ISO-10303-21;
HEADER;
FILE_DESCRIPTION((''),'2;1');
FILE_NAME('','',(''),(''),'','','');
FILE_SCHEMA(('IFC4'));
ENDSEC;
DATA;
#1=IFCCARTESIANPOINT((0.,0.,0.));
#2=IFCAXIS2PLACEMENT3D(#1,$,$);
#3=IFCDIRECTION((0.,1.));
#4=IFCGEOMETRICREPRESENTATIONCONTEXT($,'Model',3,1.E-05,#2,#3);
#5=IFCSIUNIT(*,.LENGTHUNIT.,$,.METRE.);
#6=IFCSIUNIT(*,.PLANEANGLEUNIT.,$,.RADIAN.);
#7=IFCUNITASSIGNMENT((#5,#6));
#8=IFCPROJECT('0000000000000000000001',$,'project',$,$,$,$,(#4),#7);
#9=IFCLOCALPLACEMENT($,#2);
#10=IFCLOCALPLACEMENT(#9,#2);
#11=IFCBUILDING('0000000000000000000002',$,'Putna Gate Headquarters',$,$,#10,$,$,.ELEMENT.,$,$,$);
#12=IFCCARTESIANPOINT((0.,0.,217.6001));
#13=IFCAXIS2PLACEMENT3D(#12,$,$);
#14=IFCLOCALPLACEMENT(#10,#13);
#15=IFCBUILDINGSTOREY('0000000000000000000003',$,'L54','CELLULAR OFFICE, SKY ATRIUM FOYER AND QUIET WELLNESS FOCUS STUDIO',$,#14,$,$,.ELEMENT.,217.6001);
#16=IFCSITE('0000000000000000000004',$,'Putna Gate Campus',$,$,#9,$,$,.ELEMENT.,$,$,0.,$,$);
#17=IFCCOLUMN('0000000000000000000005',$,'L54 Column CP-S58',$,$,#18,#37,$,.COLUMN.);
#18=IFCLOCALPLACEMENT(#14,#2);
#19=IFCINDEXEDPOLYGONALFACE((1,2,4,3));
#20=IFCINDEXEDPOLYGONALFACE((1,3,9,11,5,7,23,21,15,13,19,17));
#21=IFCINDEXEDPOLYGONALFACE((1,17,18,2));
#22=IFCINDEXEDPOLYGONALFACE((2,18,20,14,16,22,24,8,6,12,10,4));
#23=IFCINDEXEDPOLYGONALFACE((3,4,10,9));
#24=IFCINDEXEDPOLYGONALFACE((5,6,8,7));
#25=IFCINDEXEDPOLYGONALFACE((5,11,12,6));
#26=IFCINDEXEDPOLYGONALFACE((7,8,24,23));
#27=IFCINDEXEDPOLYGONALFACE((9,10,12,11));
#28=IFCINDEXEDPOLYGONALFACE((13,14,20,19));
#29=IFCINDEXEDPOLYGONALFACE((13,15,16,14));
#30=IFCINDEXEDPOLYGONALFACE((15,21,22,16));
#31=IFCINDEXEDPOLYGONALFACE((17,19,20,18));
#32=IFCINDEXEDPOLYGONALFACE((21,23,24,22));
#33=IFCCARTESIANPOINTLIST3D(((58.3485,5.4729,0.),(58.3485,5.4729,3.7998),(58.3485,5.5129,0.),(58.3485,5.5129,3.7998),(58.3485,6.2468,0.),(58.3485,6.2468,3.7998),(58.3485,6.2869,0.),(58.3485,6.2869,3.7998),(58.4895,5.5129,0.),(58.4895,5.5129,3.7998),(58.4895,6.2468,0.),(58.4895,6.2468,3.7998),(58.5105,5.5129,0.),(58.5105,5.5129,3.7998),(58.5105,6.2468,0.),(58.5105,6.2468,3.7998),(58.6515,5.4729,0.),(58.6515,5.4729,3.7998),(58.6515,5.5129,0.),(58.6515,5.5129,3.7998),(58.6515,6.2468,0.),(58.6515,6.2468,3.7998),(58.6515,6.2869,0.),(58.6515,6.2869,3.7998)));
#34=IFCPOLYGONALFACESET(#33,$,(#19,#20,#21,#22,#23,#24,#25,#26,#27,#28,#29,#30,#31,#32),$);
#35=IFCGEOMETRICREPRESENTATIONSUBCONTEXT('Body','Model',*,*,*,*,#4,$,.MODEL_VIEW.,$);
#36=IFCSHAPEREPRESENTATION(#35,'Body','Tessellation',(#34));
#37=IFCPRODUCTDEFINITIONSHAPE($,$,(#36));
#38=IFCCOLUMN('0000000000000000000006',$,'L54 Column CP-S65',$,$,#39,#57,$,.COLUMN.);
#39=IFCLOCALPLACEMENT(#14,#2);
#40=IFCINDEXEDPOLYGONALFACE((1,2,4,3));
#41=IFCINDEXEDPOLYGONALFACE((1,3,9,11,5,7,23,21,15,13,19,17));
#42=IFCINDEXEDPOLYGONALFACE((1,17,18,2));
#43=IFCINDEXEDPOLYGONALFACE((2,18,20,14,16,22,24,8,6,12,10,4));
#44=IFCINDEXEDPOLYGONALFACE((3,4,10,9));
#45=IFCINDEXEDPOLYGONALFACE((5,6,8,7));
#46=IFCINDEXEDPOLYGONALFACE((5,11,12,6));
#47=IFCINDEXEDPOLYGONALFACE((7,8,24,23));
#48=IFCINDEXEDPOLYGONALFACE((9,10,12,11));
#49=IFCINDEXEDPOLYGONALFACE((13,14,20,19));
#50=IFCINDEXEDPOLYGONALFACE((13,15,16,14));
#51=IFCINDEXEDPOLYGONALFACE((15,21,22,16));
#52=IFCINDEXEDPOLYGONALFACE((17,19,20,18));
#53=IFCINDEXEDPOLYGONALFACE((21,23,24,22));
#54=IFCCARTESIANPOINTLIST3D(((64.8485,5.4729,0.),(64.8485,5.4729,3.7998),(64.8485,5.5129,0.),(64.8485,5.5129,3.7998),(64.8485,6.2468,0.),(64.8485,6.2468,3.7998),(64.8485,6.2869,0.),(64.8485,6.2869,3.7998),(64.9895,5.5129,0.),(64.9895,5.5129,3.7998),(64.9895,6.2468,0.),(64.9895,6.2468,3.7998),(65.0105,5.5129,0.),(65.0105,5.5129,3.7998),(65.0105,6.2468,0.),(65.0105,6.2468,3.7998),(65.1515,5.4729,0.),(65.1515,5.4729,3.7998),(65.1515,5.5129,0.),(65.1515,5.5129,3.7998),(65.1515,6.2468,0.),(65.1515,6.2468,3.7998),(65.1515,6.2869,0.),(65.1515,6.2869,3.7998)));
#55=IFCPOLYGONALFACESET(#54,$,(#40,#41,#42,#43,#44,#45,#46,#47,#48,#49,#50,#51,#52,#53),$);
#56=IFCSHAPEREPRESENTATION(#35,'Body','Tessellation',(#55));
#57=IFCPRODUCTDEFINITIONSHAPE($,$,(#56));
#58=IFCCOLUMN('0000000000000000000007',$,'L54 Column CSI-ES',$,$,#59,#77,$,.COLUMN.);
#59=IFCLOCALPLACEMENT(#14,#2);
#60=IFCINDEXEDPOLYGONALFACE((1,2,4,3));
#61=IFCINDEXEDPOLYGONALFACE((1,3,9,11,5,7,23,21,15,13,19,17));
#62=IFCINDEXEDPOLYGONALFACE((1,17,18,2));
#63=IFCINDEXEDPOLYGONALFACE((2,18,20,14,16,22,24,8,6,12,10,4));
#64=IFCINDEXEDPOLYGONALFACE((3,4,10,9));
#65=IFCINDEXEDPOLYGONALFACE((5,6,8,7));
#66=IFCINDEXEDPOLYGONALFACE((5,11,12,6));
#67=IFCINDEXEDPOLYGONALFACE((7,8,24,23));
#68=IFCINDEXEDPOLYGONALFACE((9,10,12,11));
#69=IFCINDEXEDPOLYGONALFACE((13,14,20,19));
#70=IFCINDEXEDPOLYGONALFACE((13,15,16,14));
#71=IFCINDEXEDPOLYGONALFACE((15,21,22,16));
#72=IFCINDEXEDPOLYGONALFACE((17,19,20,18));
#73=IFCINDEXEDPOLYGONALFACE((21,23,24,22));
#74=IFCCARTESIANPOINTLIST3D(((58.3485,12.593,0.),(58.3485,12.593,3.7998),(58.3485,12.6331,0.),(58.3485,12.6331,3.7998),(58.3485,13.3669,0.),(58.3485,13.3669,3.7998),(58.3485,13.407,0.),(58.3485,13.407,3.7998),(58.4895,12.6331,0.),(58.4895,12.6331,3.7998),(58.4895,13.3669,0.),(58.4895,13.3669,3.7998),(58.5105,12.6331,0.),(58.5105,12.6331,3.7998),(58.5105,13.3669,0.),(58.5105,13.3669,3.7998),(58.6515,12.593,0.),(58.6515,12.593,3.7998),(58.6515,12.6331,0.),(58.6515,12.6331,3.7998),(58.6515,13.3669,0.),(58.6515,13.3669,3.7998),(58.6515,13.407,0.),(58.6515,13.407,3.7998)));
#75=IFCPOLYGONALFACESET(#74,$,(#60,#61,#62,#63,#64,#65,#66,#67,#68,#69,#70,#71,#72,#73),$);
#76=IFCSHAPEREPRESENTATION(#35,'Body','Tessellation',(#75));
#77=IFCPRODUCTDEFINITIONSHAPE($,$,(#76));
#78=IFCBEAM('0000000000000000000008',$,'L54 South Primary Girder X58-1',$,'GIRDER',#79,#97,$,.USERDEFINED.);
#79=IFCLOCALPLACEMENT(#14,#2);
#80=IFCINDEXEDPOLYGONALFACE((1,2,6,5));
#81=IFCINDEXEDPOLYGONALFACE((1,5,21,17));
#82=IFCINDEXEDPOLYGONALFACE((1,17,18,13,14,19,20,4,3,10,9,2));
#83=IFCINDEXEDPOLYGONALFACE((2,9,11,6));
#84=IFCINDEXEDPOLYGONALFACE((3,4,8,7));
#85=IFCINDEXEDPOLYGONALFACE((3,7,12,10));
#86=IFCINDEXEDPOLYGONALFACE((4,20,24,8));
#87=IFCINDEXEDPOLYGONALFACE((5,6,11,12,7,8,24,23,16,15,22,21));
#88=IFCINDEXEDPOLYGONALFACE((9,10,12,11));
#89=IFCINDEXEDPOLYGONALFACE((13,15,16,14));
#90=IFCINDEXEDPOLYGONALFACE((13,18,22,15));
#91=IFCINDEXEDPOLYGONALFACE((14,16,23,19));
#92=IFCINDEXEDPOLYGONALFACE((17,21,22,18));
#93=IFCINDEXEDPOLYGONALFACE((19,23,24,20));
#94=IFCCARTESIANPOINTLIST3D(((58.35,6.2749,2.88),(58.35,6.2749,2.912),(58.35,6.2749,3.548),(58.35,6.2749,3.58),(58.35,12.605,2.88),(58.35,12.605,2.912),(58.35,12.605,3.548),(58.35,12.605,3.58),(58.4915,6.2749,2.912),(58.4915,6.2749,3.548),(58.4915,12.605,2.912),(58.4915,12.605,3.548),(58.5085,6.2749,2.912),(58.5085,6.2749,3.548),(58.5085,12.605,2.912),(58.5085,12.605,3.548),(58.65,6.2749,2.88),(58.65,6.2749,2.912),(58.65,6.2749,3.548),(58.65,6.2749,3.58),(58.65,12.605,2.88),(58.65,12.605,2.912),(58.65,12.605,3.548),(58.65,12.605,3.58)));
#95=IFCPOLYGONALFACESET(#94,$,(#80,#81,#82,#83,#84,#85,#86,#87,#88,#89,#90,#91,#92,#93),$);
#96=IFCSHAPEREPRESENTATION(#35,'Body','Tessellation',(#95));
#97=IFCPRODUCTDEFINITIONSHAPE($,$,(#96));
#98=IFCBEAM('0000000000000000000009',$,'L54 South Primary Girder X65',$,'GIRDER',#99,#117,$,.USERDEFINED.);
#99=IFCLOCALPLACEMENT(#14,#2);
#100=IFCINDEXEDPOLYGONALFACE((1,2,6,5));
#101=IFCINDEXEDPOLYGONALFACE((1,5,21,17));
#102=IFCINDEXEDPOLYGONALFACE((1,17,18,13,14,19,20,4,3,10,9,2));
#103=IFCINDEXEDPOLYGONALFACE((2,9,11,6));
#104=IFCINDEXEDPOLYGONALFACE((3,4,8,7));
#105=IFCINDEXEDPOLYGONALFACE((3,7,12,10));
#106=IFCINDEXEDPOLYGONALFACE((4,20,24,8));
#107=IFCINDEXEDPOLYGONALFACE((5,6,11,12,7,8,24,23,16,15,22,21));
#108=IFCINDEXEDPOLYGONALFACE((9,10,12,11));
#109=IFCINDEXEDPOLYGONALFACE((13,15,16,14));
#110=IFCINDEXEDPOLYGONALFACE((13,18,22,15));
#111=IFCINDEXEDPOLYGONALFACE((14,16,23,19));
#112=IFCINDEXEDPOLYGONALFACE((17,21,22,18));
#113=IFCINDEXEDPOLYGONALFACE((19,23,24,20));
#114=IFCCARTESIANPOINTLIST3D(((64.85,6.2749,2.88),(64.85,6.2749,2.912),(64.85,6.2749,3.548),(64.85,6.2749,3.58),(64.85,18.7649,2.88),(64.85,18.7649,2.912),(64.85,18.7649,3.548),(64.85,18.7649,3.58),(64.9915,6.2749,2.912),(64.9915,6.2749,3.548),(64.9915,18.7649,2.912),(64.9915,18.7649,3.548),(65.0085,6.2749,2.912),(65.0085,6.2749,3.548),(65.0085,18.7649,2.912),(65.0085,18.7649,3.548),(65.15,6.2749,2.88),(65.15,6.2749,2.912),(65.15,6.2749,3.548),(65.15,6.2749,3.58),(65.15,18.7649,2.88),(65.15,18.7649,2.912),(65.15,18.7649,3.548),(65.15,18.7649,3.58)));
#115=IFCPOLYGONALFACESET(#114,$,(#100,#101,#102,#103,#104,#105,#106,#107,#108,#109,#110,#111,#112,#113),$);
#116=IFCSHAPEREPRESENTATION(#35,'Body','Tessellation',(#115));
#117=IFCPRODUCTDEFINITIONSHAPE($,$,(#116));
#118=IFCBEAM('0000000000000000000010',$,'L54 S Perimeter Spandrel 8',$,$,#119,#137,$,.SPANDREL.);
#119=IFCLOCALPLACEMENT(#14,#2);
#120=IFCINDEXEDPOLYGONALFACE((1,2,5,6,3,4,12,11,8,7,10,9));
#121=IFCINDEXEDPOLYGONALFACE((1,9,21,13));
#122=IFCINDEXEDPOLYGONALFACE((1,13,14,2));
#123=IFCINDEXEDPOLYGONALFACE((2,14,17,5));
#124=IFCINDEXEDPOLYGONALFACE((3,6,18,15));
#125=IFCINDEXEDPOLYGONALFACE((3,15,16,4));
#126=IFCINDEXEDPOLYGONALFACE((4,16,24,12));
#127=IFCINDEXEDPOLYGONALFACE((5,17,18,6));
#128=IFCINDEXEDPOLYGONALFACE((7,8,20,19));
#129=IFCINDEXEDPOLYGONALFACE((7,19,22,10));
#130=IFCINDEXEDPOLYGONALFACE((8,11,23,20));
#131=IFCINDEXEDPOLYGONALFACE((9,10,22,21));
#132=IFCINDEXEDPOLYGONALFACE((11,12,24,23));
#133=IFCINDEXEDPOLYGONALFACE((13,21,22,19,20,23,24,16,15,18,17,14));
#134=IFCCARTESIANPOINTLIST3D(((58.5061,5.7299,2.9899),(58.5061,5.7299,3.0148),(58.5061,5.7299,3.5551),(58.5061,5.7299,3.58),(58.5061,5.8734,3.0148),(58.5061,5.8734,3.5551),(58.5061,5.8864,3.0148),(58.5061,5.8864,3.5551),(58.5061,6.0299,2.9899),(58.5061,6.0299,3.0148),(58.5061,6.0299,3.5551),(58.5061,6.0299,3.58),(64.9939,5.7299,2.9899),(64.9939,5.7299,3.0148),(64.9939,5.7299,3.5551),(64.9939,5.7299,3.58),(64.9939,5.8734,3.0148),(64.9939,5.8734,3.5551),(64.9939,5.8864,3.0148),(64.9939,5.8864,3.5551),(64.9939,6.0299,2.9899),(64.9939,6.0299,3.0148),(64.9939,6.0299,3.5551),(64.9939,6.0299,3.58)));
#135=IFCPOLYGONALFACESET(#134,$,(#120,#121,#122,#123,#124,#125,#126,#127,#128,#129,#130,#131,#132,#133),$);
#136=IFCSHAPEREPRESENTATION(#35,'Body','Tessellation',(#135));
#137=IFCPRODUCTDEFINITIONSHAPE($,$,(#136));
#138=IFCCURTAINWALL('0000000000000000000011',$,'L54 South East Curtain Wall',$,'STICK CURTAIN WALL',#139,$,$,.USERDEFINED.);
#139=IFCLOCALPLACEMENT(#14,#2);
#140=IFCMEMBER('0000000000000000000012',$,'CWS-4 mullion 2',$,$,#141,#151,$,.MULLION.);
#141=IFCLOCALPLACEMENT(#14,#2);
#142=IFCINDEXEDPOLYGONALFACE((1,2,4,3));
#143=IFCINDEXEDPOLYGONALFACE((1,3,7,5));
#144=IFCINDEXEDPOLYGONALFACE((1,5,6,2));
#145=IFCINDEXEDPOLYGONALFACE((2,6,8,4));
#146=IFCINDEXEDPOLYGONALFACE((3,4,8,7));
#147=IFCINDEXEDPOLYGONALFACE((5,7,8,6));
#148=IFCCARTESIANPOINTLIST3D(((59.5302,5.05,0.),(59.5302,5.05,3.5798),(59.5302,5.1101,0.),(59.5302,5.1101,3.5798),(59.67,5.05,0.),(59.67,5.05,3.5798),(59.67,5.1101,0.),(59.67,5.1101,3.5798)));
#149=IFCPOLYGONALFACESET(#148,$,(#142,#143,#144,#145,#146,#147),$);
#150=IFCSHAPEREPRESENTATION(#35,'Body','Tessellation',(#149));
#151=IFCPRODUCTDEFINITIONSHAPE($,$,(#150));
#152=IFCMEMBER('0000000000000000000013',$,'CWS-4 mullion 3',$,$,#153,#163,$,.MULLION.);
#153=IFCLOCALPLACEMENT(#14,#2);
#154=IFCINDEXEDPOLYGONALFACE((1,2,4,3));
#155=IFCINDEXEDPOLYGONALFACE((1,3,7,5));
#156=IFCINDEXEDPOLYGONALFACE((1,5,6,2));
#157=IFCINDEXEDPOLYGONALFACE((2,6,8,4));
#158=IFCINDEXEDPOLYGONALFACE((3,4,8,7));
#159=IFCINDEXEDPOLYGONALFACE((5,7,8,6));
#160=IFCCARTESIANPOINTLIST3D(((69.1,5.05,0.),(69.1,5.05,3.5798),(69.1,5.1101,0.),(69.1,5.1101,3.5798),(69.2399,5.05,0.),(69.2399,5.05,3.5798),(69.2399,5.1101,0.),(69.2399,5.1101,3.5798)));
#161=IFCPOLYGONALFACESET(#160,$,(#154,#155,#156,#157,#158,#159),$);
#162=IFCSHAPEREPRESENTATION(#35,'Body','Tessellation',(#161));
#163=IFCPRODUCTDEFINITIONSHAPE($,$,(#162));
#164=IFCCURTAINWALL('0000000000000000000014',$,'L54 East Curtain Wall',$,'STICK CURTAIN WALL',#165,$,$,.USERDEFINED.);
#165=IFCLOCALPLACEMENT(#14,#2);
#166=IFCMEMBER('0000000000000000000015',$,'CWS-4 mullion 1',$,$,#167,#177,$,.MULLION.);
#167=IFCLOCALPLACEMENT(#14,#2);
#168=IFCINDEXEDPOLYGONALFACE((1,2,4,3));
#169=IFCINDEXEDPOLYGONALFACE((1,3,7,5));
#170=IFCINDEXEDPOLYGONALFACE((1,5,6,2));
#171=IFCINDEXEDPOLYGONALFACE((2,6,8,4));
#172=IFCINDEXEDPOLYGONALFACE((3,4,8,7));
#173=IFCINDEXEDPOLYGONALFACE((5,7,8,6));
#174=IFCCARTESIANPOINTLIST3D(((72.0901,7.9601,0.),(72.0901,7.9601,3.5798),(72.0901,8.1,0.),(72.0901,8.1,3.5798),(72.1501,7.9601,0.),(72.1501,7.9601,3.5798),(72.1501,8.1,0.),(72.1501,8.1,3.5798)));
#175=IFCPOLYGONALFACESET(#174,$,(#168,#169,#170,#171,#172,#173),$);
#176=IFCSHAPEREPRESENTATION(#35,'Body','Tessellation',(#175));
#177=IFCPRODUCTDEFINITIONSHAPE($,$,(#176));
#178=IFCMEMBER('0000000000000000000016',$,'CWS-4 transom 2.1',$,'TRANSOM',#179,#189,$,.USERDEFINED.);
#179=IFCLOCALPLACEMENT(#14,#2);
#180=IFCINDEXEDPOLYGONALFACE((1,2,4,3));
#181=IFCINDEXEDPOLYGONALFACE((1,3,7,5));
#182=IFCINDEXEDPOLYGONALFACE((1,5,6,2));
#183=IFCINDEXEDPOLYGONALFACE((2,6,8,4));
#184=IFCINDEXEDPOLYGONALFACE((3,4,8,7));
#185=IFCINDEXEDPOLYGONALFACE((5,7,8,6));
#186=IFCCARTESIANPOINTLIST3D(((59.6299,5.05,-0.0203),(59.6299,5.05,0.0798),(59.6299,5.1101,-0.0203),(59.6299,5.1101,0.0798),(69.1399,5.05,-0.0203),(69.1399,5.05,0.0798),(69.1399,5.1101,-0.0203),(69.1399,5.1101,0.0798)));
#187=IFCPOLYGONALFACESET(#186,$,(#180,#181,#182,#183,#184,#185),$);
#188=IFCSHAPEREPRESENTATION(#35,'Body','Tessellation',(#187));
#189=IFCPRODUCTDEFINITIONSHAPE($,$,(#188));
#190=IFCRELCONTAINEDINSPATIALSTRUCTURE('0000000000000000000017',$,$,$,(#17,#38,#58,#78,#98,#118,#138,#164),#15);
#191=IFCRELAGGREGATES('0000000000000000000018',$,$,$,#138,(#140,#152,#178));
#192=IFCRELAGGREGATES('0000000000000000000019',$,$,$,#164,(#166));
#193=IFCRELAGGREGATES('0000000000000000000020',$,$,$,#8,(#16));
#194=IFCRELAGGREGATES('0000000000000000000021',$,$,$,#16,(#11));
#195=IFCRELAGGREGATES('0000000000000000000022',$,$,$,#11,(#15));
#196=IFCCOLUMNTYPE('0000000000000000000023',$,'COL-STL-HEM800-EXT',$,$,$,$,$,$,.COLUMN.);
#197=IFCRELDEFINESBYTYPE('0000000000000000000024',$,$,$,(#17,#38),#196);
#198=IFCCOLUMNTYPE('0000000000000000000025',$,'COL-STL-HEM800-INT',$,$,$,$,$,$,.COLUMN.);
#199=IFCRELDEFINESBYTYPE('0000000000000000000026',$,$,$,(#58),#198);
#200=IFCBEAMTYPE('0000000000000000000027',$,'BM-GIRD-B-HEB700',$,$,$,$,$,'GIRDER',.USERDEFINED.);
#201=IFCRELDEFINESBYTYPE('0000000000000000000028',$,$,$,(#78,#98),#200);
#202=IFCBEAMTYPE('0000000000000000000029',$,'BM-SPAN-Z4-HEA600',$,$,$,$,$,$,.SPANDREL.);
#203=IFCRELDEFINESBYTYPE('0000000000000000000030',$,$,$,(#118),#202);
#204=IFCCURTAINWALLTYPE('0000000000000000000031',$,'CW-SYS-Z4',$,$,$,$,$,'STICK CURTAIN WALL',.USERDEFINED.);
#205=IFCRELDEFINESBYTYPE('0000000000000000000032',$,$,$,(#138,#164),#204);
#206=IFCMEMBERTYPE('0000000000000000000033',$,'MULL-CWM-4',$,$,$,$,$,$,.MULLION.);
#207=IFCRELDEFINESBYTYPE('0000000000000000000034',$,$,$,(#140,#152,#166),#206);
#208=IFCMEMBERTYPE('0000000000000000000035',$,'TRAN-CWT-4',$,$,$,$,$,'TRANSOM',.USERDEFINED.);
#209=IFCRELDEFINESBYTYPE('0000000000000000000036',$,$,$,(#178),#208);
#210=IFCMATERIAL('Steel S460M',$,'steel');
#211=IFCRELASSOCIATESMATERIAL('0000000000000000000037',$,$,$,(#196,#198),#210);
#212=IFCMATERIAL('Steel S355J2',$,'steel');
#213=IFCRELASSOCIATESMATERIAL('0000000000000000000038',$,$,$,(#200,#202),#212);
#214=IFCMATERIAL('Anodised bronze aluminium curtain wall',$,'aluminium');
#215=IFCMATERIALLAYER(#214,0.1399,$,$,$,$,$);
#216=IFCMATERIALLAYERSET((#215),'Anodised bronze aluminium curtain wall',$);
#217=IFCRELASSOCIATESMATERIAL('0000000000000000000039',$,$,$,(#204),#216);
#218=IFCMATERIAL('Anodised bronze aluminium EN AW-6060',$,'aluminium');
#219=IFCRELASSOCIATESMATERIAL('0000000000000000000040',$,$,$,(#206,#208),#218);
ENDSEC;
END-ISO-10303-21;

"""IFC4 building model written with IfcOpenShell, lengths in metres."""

from ifc_helpers import new_model, si_unit, direction, frame, origin, origin_2d, place, context, subcontext, project, spatial, rectangle, i_section, extrude, material, layer, layer_set, material_profile, profile_set, type_object, element, aggregate, save


model = new_model("IFC4")

# Units and contexts
model_context = context("Model", 3, precision=1e-05, world=origin(), true_north=direction((0.0, 1.0)))
body_context = subcontext(model_context, "Body", "Model", "MODEL_VIEW")
ifc_project = project(units=[si_unit("LENGTHUNIT", "METRE"), si_unit("PLANEANGLEUNIT", "RADIAN")], contexts=[model_context])

# Site, building, storey
site_placement = place(None, origin())
site = spatial("IfcSite", under=ifc_project, at=site_placement, Name="Putna Gate Campus", CompositionType="ELEMENT", RefElevation=0.0)
building_placement = place(site_placement, origin())
building = spatial("IfcBuilding", under=site, at=building_placement, Name="Putna Gate Headquarters", CompositionType="ELEMENT")
storey_placement = place(building_placement, frame((0.0, 0.0, 217.6001)))
storey = spatial("IfcBuildingStorey", under=building, at=storey_placement, Name="L54", Description="CELLULAR OFFICE, SKY ATRIUM FOYER AND QUIET WELLNESS FOCUS STUDIO", CompositionType="ELEMENT", Elevation=217.6001)

# Columns
ifc_material_1 = material(Name="Steel S460M", Category="steel")
ifc_material_profile_1 = material_profile(ifc_material_1, i_section(OverallWidth=0.303, OverallDepth=0.814, WebThickness=0.021, FlangeThickness=0.04, at=origin_2d()), Name="Steel S460M")
ifc_profile_set_1 = profile_set([ifc_material_profile_1], Name="Steel S460M")
column_type_1 = type_object("IfcColumnType", Name="COL-STL-HEM800-EXT", PredefinedType="COLUMN", material=ifc_profile_set_1)
for number, where, z_axis, x_axis, name in (
    (1, (58.5, 5.8799, 0.0), (0.0, 0.0, 1.0), (1.0, 0.0, 0.0), "L54 Column CP-S58"),
    (2, (65.0, 5.8799, 0.0), (0.0, 0.0, 1.0), (1.0, 0.0, 0.0), "L54 Column CP-S65"),
):
    element("IfcColumn", number, at=place(storey_placement, frame(where, z_axis=z_axis, x_axis=x_axis)), inside=storey, type_object=column_type_1, Name=name, PredefinedType="COLUMN", context=body_context, shape_type="SweptSolid", body=[
        extrude(i_section(OverallWidth=0.303, OverallDepth=0.814, WebThickness=0.021, FlangeThickness=0.04, at=origin_2d()), origin(), (0.0, 0.0, 1.0), 3.7998),
    ])
ifc_material_profile_2 = material_profile(ifc_material_1, i_section(OverallWidth=0.303, OverallDepth=0.814, WebThickness=0.021, FlangeThickness=0.04, at=origin_2d()), Name="Steel S460M")
ifc_profile_set_2 = profile_set([ifc_material_profile_2], Name="Steel S460M")
column_type_2 = type_object("IfcColumnType", Name="COL-STL-HEM800-INT", PredefinedType="COLUMN", material=ifc_profile_set_2)
column_placement = place(storey_placement, frame((58.5, 13.0, 0.0), z_axis=(0.0, 0.0, 1.0), x_axis=(1.0, 0.0, 0.0)))
element("IfcColumn", 3, at=column_placement, inside=storey, type_object=column_type_2, Name="L54 Column CSI-ES", PredefinedType="COLUMN", context=body_context, shape_type="SweptSolid", body=[
    extrude(i_section(OverallWidth=0.303, OverallDepth=0.814, WebThickness=0.021, FlangeThickness=0.04, at=origin_2d()), origin(), (0.0, 0.0, 1.0), 3.7998),
])

# Beams
ifc_material_2 = material(Name="Steel S355J2", Category="steel")
ifc_material_profile_3 = material_profile(ifc_material_2, i_section(OverallWidth=0.3, OverallDepth=0.7, WebThickness=0.0171, FlangeThickness=0.032, at=origin_2d()), Name="Steel S355J2")
ifc_profile_set_3 = profile_set([ifc_material_profile_3], Name="Steel S355J2")
beam_type_1 = type_object("IfcBeamType", Name="BM-GIRD-B-HEB700", ElementType="GIRDER", PredefinedType="USERDEFINED", material=ifc_profile_set_3)
beam_1_placement = place(storey_placement, frame((58.5, 6.2749, 3.23), z_axis=(0.0, 1.0, 0.0), x_axis=(-1.0, 0.0, 0.0)))
element("IfcBeam", 4, at=beam_1_placement, inside=storey, type_object=beam_type_1, Name="L54 South Primary Girder X58-1", ObjectType="GIRDER", PredefinedType="USERDEFINED", context=body_context, shape_type="SweptSolid", body=[
    extrude(i_section(OverallWidth=0.3, OverallDepth=0.7, WebThickness=0.0171, FlangeThickness=0.032, at=origin_2d()), origin(), (0.0, 0.0, 1.0), 6.3301),
])
beam_2_placement = place(storey_placement, frame((65.0, 6.2749, 3.23), z_axis=(0.0, 1.0, 0.0), x_axis=(-1.0, 0.0, 0.0)))
element("IfcBeam", 5, at=beam_2_placement, inside=storey, type_object=beam_type_1, Name="L54 South Primary Girder X65", ObjectType="GIRDER", PredefinedType="USERDEFINED", context=body_context, shape_type="SweptSolid", body=[
    extrude(i_section(OverallWidth=0.3, OverallDepth=0.7, WebThickness=0.0171, FlangeThickness=0.032, at=origin_2d()), origin(), (0.0, 0.0, 1.0), 12.49),
])
ifc_material_profile_4 = material_profile(ifc_material_2, i_section(OverallWidth=0.3, OverallDepth=0.5901, WebThickness=0.0129, FlangeThickness=0.0249, at=origin_2d()), Name="Steel S355J2")
ifc_profile_set_4 = profile_set([ifc_material_profile_4], Name="Steel S355J2")
beam_type_2 = type_object("IfcBeamType", Name="BM-SPAN-Z4-HEA600", PredefinedType="SPANDREL", material=ifc_profile_set_4)
beam_3_placement = place(storey_placement, frame((58.5061, 5.8799, 3.2849), z_axis=(1.0, 0.0, 0.0), x_axis=(0.0, 1.0, 0.0)))
element("IfcBeam", 6, at=beam_3_placement, inside=storey, type_object=beam_type_2, Name="L54 S Perimeter Spandrel 8", PredefinedType="SPANDREL", context=body_context, shape_type="SweptSolid", body=[
    extrude(i_section(OverallWidth=0.3, OverallDepth=0.5901, WebThickness=0.0129, FlangeThickness=0.0249, at=origin_2d()), origin(), (0.0, 0.0, 1.0), 6.4878),
])

# Curtain wall, members
ifc_material_3 = material(Name="Anodised bronze aluminium curtain wall", Category="aluminium")
ifc_layer_1 = layer(ifc_material_3, 0.1399)
ifc_layer_set_1 = layer_set([ifc_layer_1], Name="Anodised bronze aluminium curtain wall")
curtain_wall_type = type_object("IfcCurtainWallType", Name="CW-SYS-Z4", ElementType="STICK CURTAIN WALL", PredefinedType="USERDEFINED", material=ifc_layer_set_1)
curtain_wall_1_placement = place(storey_placement, origin())
curtain_wall_1 = element("IfcCurtainWall", 7, at=curtain_wall_1_placement, inside=storey, type_object=curtain_wall_type, Name="L54 South East Curtain Wall", ObjectType="STICK CURTAIN WALL", PredefinedType="USERDEFINED")
ifc_material_4 = material(Name="Anodised bronze aluminium EN AW-6060", Category="aluminium")
ifc_material_profile_5 = material_profile(ifc_material_4, rectangle(XDim=0.0601, YDim=0.1399, at=origin_2d()), Name="Anodised bronze aluminium EN AW-6060")
ifc_profile_set_5 = profile_set([ifc_material_profile_5], Name="Anodised bronze aluminium EN AW-6060")
member_type_1 = type_object("IfcMemberType", Name="MULL-CWM-4", PredefinedType="MULLION", material=ifc_profile_set_5)
member_1_placement = place(storey_placement, frame((59.6001, 5.0801, 0.0), z_axis=(0.0, 0.0, 1.0), x_axis=(0.0, 1.0, 0.0)))
member_1 = element("IfcMember", 8, at=member_1_placement, type_object=member_type_1, Name="CWS-4 mullion 2", PredefinedType="MULLION", context=body_context, shape_type="SweptSolid", body=[
    extrude(rectangle(XDim=0.0601, YDim=0.1399, at=origin_2d()), origin(), (0.0, 0.0, 1.0), 3.5798),
])
member_2_placement = place(storey_placement, frame((69.1699, 5.0801, 0.0), z_axis=(0.0, 0.0, 1.0), x_axis=(0.0, 1.0, 0.0)))
member_2 = element("IfcMember", 9, at=member_2_placement, type_object=member_type_1, Name="CWS-4 mullion 3", PredefinedType="MULLION", context=body_context, shape_type="SweptSolid", body=[
    extrude(rectangle(XDim=0.0601, YDim=0.1399, at=origin_2d()), origin(), (0.0, 0.0, 1.0), 3.5798),
])

# Curtain wall, member
curtain_wall_2_placement = place(storey_placement, origin())
curtain_wall_2 = element("IfcCurtainWall", 10, at=curtain_wall_2_placement, inside=storey, type_object=curtain_wall_type, Name="L54 East Curtain Wall", ObjectType="STICK CURTAIN WALL", PredefinedType="USERDEFINED")
member_3_placement = place(storey_placement, frame((72.1201, 8.03, 0.0), z_axis=(0.0, 0.0, 1.0), x_axis=(-1.0, 0.0, 0.0)))
member_3 = element("IfcMember", 11, at=member_3_placement, type_object=member_type_1, Name="CWS-4 mullion 1", PredefinedType="MULLION", context=body_context, shape_type="SweptSolid", body=[
    extrude(rectangle(XDim=0.0601, YDim=0.1399, at=origin_2d()), origin(), (0.0, 0.0, 1.0), 3.5798),
])

# Member
ifc_material_profile_6 = material_profile(ifc_material_4, rectangle(XDim=0.0601, YDim=0.1001, at=origin_2d()), Name="Anodised bronze aluminium EN AW-6060")
ifc_profile_set_6 = profile_set([ifc_material_profile_6], Name="Anodised bronze aluminium EN AW-6060")
member_type_2 = type_object("IfcMemberType", Name="TRAN-CWT-4", ElementType="TRANSOM", PredefinedType="USERDEFINED", material=ifc_profile_set_6)
member_4_placement = place(storey_placement, frame((59.6299, 5.0801, 0.0298), z_axis=(1.0, 0.0, 0.0), x_axis=(0.0, 1.0, 0.0)))
member_4 = element("IfcMember", 12, at=member_4_placement, type_object=member_type_2, Name="CWS-4 transom 2.1", ObjectType="TRANSOM", PredefinedType="USERDEFINED", context=body_context, shape_type="SweptSolid", body=[
    extrude(rectangle(XDim=0.0601, YDim=0.1001, at=origin_2d()), origin(), (0.0, 0.0, 1.0), 9.51),
])

aggregate(curtain_wall_1, [member_1, member_2, member_4])
aggregate(curtain_wall_2, [member_3])

save(model, "model.ifc")
